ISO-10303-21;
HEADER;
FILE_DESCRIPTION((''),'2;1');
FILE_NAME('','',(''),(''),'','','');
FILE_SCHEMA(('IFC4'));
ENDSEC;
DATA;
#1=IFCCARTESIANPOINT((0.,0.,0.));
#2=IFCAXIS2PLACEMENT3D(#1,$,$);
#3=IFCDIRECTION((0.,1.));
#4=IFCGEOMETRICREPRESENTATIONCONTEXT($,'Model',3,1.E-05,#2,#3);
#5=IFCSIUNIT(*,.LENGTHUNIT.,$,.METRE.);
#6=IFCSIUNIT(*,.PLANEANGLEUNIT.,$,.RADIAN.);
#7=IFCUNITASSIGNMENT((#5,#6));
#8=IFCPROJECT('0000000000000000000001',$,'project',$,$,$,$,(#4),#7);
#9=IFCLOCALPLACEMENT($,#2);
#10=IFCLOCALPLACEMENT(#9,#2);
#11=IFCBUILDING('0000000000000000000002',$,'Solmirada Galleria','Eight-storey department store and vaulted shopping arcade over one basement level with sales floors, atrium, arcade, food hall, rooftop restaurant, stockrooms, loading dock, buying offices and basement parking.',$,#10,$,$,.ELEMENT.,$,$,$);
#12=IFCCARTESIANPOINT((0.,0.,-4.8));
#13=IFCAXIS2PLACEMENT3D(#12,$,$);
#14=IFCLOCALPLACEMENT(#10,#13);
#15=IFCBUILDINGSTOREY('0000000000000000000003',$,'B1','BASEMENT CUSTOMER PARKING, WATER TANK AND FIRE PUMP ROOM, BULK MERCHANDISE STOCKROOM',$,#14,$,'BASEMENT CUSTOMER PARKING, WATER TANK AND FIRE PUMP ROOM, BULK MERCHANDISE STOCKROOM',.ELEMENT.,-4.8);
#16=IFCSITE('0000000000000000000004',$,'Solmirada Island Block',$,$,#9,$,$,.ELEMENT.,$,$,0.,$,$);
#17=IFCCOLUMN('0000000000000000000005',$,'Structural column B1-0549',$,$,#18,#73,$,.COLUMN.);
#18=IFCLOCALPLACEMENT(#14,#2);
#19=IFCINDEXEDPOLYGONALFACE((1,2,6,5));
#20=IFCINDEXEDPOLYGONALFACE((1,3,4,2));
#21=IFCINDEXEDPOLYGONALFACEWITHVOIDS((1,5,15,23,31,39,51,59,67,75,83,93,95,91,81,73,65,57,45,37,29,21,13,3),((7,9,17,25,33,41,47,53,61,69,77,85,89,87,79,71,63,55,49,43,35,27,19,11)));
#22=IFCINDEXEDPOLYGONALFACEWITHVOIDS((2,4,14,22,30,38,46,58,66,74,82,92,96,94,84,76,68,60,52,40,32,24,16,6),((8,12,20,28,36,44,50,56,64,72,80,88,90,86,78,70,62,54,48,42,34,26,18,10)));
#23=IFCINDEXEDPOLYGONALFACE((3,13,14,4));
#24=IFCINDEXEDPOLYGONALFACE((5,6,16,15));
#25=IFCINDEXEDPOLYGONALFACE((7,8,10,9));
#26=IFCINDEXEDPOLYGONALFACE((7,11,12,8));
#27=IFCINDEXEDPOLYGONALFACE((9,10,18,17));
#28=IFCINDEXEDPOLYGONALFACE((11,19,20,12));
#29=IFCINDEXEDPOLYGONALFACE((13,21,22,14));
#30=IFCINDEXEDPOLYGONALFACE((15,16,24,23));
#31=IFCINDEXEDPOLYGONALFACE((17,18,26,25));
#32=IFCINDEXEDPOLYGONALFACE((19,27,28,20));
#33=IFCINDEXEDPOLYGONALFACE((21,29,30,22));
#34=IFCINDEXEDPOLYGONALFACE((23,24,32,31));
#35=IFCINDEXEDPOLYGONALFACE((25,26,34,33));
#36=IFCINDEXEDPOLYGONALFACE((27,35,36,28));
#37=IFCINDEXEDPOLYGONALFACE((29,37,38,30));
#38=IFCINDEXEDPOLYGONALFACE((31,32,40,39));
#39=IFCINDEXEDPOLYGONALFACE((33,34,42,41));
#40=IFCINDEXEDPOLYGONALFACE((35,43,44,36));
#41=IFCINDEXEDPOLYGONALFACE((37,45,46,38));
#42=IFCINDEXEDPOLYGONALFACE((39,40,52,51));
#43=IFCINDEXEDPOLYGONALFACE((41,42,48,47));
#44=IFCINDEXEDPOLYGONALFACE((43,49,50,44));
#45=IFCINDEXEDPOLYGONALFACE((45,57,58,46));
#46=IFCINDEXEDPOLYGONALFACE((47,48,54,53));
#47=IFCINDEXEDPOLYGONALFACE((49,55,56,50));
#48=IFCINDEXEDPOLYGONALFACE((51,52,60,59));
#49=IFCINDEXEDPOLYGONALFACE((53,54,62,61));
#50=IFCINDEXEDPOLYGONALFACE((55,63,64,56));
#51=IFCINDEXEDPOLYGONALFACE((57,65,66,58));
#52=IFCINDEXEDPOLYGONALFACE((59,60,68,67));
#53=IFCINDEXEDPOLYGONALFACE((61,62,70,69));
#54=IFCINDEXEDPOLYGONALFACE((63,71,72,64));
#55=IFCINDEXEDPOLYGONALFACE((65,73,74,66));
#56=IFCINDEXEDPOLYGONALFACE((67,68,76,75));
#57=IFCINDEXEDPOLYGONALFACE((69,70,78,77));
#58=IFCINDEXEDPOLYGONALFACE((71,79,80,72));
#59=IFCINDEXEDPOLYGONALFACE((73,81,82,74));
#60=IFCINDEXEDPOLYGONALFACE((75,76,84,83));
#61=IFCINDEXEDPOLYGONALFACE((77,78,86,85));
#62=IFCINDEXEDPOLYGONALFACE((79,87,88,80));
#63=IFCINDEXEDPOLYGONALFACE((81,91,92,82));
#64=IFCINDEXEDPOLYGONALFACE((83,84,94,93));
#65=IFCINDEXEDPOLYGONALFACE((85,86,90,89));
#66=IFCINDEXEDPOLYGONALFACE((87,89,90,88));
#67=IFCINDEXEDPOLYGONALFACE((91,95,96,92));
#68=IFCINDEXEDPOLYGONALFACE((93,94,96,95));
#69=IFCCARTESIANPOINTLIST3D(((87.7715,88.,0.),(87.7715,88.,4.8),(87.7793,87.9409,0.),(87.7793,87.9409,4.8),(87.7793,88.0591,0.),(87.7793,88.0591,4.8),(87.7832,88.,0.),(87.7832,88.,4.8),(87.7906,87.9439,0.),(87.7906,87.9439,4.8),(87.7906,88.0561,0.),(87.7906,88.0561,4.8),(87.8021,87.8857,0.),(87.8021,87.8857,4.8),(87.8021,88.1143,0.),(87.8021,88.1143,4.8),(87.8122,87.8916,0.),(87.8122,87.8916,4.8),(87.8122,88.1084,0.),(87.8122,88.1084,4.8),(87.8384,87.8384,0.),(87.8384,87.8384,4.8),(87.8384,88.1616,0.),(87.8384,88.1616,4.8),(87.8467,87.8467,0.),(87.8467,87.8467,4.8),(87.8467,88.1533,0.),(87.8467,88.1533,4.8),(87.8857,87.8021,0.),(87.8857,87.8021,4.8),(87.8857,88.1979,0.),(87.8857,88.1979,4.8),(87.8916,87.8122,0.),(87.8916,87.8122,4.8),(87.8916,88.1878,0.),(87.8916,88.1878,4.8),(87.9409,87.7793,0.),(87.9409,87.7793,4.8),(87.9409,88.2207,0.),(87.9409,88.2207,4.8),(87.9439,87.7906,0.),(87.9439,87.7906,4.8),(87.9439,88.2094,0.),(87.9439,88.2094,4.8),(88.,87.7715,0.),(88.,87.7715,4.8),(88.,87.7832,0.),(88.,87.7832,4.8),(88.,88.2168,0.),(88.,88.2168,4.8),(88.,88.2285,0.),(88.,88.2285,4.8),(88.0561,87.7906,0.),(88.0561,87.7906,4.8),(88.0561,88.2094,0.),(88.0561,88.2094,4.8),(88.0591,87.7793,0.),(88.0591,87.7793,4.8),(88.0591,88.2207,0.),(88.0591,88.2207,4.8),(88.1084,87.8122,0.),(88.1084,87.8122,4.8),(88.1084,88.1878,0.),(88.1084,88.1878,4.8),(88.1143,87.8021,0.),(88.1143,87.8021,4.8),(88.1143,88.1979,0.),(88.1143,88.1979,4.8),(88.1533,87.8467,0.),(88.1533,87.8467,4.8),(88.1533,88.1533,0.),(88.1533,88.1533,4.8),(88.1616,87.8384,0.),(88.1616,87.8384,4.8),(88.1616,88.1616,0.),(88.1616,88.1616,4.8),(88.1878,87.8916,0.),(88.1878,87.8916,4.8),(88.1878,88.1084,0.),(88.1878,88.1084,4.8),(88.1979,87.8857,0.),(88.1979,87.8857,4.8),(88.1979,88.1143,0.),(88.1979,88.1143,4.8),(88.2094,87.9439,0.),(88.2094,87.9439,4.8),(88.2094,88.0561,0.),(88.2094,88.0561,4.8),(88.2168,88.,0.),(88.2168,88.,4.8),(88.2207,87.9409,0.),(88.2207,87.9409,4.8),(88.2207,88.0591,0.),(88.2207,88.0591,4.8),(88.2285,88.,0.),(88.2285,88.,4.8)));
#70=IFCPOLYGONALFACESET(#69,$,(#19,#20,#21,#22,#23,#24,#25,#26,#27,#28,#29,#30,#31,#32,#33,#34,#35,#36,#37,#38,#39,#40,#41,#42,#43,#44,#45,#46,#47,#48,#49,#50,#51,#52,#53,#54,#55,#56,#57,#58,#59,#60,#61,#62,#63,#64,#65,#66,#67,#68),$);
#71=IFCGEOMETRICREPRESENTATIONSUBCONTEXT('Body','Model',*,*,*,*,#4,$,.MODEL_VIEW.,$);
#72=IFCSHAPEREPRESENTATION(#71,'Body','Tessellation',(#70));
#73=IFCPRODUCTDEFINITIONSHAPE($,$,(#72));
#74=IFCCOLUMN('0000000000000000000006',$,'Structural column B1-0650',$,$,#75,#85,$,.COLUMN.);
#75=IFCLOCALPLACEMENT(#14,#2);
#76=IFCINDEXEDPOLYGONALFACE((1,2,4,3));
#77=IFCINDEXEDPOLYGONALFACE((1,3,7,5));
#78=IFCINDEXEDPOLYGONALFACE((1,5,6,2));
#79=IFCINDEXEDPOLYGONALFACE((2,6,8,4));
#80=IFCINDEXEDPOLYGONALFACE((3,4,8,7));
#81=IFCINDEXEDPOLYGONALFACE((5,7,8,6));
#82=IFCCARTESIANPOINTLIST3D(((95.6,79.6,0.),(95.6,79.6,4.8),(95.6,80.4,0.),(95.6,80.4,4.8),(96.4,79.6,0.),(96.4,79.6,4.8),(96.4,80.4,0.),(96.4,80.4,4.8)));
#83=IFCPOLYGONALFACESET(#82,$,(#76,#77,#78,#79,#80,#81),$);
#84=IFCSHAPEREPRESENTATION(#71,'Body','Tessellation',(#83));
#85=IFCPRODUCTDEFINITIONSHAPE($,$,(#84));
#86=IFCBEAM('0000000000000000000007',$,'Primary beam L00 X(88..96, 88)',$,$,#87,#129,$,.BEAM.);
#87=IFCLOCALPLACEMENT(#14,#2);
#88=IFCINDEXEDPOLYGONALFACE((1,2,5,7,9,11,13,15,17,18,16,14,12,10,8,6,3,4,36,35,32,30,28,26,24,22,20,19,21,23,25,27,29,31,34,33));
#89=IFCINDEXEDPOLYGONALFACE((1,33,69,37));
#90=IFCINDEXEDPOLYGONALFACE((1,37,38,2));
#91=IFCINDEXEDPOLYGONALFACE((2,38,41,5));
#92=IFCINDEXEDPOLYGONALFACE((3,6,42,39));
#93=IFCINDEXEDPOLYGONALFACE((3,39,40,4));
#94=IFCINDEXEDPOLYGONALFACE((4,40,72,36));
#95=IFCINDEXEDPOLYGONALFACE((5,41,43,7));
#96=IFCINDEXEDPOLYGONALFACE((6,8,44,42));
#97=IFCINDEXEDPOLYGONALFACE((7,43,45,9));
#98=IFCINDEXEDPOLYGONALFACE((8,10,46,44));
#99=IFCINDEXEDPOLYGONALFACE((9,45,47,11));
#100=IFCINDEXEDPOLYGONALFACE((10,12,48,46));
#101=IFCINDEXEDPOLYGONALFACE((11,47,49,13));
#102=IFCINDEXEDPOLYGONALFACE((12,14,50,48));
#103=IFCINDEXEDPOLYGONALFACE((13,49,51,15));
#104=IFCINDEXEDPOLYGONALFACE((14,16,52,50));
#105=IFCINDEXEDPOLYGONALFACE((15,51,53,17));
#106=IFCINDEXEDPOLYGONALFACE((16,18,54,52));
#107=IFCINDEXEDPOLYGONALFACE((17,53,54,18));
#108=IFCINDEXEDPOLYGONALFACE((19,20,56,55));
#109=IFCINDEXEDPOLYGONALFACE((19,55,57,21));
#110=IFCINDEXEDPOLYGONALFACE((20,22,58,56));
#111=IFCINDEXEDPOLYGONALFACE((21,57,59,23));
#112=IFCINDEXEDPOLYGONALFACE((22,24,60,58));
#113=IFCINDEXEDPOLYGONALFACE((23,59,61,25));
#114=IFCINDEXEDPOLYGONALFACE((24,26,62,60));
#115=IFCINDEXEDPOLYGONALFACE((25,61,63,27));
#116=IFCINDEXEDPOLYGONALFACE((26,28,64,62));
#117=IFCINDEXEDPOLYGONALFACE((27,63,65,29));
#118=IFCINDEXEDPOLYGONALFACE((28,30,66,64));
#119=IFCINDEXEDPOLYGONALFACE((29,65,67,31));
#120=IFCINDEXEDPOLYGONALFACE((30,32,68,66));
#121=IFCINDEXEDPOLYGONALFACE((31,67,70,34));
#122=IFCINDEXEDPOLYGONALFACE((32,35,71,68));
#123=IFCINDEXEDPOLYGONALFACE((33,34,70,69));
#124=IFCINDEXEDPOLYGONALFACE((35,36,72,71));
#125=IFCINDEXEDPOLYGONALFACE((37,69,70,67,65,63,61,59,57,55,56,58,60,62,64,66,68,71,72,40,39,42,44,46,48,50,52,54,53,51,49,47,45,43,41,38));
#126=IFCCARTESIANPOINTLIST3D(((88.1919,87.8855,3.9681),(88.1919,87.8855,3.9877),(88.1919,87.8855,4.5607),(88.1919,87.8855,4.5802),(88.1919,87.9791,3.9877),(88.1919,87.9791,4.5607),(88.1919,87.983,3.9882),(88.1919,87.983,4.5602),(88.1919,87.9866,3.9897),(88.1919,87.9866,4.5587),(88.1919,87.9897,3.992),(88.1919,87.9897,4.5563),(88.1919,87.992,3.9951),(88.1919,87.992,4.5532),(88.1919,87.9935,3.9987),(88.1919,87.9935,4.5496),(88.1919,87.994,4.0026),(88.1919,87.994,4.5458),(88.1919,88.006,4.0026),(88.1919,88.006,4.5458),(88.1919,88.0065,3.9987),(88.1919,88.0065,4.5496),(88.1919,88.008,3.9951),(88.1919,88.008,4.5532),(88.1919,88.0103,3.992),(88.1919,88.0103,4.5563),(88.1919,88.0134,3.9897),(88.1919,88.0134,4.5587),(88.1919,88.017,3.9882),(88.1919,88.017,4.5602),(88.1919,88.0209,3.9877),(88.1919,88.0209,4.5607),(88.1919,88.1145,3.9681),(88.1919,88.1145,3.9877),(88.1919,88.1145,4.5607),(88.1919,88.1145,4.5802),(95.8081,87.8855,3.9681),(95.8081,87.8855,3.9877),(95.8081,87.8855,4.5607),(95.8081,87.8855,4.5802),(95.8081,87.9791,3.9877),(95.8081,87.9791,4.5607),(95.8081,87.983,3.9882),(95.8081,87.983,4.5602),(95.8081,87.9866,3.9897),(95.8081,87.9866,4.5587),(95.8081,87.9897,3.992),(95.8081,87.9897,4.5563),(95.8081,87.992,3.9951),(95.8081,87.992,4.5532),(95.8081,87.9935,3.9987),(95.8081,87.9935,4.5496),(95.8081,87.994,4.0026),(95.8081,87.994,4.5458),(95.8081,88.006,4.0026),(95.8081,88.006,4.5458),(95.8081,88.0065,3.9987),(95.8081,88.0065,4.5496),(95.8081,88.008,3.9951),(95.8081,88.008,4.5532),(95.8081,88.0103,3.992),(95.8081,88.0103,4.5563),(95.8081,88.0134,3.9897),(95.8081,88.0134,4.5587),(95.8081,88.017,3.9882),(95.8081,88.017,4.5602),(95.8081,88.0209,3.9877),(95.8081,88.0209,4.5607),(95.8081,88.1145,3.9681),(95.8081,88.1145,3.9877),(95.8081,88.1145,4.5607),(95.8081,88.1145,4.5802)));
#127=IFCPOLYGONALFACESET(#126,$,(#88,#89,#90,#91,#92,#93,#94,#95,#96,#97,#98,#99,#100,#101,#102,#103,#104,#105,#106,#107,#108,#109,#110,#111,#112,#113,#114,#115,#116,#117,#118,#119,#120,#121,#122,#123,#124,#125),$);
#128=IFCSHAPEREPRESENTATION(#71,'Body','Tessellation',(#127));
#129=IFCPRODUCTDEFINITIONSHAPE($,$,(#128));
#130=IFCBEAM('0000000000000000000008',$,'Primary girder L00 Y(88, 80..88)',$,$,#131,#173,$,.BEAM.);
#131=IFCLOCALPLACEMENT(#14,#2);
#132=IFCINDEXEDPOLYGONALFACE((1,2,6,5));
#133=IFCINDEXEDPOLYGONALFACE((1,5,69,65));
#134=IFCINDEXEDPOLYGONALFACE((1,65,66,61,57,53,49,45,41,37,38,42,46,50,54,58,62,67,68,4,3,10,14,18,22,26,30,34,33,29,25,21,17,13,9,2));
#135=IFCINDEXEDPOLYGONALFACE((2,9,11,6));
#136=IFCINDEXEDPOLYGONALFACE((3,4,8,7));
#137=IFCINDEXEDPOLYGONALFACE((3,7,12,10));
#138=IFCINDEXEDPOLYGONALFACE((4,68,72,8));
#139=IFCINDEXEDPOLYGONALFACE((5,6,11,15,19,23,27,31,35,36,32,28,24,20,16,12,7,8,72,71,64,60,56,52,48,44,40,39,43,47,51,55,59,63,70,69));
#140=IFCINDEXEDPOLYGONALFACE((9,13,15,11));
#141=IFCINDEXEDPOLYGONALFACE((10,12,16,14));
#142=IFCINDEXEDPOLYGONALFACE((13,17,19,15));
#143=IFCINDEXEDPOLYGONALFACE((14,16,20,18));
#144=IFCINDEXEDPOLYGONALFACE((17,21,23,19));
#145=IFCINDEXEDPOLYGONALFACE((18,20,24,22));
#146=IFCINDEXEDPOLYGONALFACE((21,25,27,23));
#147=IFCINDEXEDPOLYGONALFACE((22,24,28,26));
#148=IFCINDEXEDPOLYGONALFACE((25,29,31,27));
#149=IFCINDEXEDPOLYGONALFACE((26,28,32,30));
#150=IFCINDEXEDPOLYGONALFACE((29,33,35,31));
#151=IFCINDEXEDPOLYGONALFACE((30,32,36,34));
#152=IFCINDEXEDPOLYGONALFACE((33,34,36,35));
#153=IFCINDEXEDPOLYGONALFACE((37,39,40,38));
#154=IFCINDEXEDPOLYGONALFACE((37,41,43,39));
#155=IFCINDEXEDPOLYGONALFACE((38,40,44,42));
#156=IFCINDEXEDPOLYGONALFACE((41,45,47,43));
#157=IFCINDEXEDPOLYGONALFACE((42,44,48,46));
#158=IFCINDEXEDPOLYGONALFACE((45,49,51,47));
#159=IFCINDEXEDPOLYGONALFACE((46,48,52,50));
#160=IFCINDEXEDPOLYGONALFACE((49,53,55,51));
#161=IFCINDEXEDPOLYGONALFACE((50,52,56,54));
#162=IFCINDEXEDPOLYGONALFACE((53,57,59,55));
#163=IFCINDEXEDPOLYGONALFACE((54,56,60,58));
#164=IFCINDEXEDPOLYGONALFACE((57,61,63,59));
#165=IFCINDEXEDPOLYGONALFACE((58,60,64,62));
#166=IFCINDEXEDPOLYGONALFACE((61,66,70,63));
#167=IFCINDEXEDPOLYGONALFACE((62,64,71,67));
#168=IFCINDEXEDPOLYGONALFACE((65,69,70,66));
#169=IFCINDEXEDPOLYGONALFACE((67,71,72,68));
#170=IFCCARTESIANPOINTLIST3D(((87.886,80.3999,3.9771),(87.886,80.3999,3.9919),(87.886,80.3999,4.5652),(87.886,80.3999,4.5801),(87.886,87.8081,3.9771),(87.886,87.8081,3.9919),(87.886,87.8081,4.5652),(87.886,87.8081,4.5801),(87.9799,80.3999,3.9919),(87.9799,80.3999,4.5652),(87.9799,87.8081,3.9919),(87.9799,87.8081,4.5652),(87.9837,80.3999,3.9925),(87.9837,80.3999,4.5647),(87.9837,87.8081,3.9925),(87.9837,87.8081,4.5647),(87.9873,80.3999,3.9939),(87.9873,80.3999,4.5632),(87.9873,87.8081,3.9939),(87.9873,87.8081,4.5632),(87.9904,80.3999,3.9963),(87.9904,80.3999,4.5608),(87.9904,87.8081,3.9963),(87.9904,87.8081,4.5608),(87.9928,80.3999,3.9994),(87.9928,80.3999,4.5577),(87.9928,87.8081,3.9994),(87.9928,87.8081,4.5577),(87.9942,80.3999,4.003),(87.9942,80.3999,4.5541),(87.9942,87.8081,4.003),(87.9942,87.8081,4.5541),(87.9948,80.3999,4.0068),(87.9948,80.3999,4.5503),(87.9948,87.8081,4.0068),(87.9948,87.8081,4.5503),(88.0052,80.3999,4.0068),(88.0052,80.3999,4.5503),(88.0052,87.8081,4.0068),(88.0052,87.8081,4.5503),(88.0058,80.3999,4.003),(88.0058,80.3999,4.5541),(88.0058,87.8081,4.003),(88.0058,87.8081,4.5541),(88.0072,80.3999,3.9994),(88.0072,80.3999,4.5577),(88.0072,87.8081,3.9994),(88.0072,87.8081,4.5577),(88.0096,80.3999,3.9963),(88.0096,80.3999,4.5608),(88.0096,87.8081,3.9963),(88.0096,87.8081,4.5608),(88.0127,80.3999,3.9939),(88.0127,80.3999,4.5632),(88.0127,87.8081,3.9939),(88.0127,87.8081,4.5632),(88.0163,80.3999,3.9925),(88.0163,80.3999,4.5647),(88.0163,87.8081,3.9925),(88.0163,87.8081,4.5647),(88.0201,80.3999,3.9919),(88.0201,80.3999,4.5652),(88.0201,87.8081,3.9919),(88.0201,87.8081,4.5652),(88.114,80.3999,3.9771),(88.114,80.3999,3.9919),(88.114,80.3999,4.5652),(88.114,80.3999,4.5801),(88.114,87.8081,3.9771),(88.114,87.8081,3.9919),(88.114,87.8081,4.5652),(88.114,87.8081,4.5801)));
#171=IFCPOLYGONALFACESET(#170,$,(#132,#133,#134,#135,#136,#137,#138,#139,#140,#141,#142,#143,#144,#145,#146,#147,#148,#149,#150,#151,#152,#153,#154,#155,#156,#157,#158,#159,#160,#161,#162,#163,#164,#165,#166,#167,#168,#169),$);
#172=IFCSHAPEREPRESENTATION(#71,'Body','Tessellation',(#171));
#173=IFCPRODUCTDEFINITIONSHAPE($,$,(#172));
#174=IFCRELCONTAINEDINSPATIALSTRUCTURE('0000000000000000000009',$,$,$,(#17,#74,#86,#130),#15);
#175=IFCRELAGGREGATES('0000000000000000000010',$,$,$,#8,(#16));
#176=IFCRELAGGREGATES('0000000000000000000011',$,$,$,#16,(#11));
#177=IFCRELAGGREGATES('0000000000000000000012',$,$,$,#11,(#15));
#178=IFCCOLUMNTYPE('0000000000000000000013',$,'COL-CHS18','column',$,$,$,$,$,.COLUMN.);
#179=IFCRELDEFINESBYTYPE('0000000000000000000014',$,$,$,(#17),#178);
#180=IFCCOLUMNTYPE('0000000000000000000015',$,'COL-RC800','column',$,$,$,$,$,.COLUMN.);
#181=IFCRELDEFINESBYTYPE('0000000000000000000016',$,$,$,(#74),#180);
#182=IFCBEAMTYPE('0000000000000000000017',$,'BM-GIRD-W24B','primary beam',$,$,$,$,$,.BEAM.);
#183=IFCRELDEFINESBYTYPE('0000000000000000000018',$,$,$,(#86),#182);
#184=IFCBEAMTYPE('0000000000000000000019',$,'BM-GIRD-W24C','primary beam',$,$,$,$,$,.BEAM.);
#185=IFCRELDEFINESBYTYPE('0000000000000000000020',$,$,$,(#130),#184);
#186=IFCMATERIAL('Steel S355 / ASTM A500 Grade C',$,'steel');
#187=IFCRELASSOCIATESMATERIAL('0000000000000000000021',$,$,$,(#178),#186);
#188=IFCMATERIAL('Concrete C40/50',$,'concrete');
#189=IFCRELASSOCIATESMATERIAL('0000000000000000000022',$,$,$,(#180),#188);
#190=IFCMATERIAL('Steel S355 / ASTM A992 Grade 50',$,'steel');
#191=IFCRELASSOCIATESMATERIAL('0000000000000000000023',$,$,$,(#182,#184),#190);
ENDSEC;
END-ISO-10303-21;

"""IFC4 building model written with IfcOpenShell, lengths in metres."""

from ifc_helpers import new_model, si_unit, direction, frame, origin, origin_2d, place, context, subcontext, project, spatial, rectangle, hollow_circle, i_section, extrude, material, material_profile, profile_set, type_object, element, save


model = new_model("IFC4")

# Units and contexts
model_context = context("Model", 3, precision=1e-05, world=origin(), true_north=direction((0.0, 1.0)))
body_context = subcontext(model_context, "Body", "Model", "MODEL_VIEW")
ifc_project = project(units=[si_unit("LENGTHUNIT", "METRE"), si_unit("PLANEANGLEUNIT", "RADIAN")], contexts=[model_context])

# Site, building, storey
site_placement = place(None, origin())
site = spatial("IfcSite", under=ifc_project, at=site_placement, Name="Solmirada Island Block", CompositionType="ELEMENT", RefElevation=0.0)
building_placement = place(site_placement, origin())
building = spatial("IfcBuilding", under=site, at=building_placement, Name="Solmirada Galleria", Description="Eight-storey department store and vaulted shopping arcade over one basement level with sales floors, atrium, arcade, food hall, rooftop restaurant, stockrooms, loading dock, buying offices and basement parking.", CompositionType="ELEMENT")
storey_placement = place(building_placement, frame((0.0, 0.0, -4.8)))
storey = spatial("IfcBuildingStorey", under=building, at=storey_placement, Name="B1", Description="BASEMENT CUSTOMER PARKING, WATER TANK AND FIRE PUMP ROOM, BULK MERCHANDISE STOCKROOM", LongName="BASEMENT CUSTOMER PARKING, WATER TANK AND FIRE PUMP ROOM, BULK MERCHANDISE STOCKROOM", CompositionType="ELEMENT", Elevation=-4.8)

# Shared definitions
ifc_material_1 = material(Name="Concrete C40/50", Category="concrete")

# Columns
ifc_material_2 = material(Name="Steel S355 / ASTM A500 Grade C", Category="steel")
ifc_material_profile_1 = material_profile(ifc_material_2, hollow_circle(Radius=0.2285, WallThickness=0.0117, at=origin_2d()), Name="HSS18.000X0.500")
ifc_profile_set_1 = profile_set([ifc_material_profile_1], Name="Steel S355 / ASTM A500 Grade C")
column_type_1 = type_object("IfcColumnType", Name="COL-CHS18", Description="column", PredefinedType="COLUMN", material=ifc_profile_set_1)
column_1_placement = place(storey_placement, frame((88.0, 88.0, 0.0), z_axis=(0.0, 0.0, 1.0), x_axis=(1.0, 0.0, 0.0)))
element("IfcColumn", 1, at=column_1_placement, inside=storey, type_object=column_type_1, Name="Structural column B1-0549", PredefinedType="COLUMN", context=body_context, shape_type="SweptSolid", body=[
    extrude(hollow_circle(Radius=0.2285, WallThickness=0.0117, at=origin_2d()), origin(), (0.0, 0.0, 1.0), 4.8),
])
ifc_material_profile_2 = material_profile(ifc_material_1, rectangle(XDim=0.8, YDim=0.8, at=origin_2d()), Name="RC800X800")
ifc_profile_set_2 = profile_set([ifc_material_profile_2], Name="Concrete C40/50")
column_type_2 = type_object("IfcColumnType", Name="COL-RC800", Description="column", PredefinedType="COLUMN", material=ifc_profile_set_2)
column_2_placement = place(storey_placement, frame((96.0, 80.0, 0.0), z_axis=(0.0, 0.0, 1.0), x_axis=(1.0, 0.0, 0.0)))
element("IfcColumn", 2, at=column_2_placement, inside=storey, type_object=column_type_2, Name="Structural column B1-0650", PredefinedType="COLUMN", context=body_context, shape_type="SweptSolid", body=[
    extrude(rectangle(XDim=0.8, YDim=0.8, at=origin_2d()), origin(), (0.0, 0.0, 1.0), 4.8),
])

# Beams
ifc_material_3 = material(Name="Steel S355 / ASTM A992 Grade 50", Category="steel")
ifc_material_profile_3 = material_profile(ifc_material_3, i_section(OverallWidth=0.229, OverallDepth=0.6121, WebThickness=0.012, FlangeThickness=0.0195, FilletRadius=0.0149, at=origin_2d()), Name="W24X84")
ifc_profile_set_3 = profile_set([ifc_material_profile_3], Name="Steel S355 / ASTM A992 Grade 50")
beam_type_1 = type_object("IfcBeamType", Name="BM-GIRD-W24B", Description="primary beam", PredefinedType="BEAM", material=ifc_profile_set_3)
beam_1_placement = place(storey_placement, frame((88.1919, 88.0, 4.2742), z_axis=(1.0, 0.0, 0.0), x_axis=(0.0, 1.0, 0.0)))
element("IfcBeam", 3, at=beam_1_placement, inside=storey, type_object=beam_type_1, Name="Primary beam L00 X(88..96, 88)", PredefinedType="BEAM", context=body_context, shape_type="SweptSolid", body=[
    extrude(i_section(OverallWidth=0.229, OverallDepth=0.6121, WebThickness=0.012, FlangeThickness=0.0195, FilletRadius=0.0149, at=origin_2d()), origin(), (0.0, 0.0, 1.0), 7.6162),
])
ifc_material_profile_4 = material_profile(ifc_material_3, i_section(OverallWidth=0.228, OverallDepth=0.603, WebThickness=0.0105, FlangeThickness=0.0149, FilletRadius=0.0149, at=origin_2d()), Name="W24X68")
ifc_profile_set_4 = profile_set([ifc_material_profile_4], Name="Steel S355 / ASTM A992 Grade 50")
beam_type_2 = type_object("IfcBeamType", Name="BM-GIRD-W24C", Description="primary beam", PredefinedType="BEAM", material=ifc_profile_set_4)
beam_2_placement = place(storey_placement, frame((88.0, 80.3999, 4.2786), z_axis=(0.0, 1.0, 0.0), x_axis=(-1.0, 0.0, 0.0)))
element("IfcBeam", 4, at=beam_2_placement, inside=storey, type_object=beam_type_2, Name="Primary girder L00 Y(88, 80..88)", PredefinedType="BEAM", context=body_context, shape_type="SweptSolid", body=[
    extrude(i_section(OverallWidth=0.228, OverallDepth=0.603, WebThickness=0.0105, FlangeThickness=0.0149, FilletRadius=0.0149, at=origin_2d()), origin(), (0.0, 0.0, 1.0), 7.4082),
])

save(model, "model.ifc")
